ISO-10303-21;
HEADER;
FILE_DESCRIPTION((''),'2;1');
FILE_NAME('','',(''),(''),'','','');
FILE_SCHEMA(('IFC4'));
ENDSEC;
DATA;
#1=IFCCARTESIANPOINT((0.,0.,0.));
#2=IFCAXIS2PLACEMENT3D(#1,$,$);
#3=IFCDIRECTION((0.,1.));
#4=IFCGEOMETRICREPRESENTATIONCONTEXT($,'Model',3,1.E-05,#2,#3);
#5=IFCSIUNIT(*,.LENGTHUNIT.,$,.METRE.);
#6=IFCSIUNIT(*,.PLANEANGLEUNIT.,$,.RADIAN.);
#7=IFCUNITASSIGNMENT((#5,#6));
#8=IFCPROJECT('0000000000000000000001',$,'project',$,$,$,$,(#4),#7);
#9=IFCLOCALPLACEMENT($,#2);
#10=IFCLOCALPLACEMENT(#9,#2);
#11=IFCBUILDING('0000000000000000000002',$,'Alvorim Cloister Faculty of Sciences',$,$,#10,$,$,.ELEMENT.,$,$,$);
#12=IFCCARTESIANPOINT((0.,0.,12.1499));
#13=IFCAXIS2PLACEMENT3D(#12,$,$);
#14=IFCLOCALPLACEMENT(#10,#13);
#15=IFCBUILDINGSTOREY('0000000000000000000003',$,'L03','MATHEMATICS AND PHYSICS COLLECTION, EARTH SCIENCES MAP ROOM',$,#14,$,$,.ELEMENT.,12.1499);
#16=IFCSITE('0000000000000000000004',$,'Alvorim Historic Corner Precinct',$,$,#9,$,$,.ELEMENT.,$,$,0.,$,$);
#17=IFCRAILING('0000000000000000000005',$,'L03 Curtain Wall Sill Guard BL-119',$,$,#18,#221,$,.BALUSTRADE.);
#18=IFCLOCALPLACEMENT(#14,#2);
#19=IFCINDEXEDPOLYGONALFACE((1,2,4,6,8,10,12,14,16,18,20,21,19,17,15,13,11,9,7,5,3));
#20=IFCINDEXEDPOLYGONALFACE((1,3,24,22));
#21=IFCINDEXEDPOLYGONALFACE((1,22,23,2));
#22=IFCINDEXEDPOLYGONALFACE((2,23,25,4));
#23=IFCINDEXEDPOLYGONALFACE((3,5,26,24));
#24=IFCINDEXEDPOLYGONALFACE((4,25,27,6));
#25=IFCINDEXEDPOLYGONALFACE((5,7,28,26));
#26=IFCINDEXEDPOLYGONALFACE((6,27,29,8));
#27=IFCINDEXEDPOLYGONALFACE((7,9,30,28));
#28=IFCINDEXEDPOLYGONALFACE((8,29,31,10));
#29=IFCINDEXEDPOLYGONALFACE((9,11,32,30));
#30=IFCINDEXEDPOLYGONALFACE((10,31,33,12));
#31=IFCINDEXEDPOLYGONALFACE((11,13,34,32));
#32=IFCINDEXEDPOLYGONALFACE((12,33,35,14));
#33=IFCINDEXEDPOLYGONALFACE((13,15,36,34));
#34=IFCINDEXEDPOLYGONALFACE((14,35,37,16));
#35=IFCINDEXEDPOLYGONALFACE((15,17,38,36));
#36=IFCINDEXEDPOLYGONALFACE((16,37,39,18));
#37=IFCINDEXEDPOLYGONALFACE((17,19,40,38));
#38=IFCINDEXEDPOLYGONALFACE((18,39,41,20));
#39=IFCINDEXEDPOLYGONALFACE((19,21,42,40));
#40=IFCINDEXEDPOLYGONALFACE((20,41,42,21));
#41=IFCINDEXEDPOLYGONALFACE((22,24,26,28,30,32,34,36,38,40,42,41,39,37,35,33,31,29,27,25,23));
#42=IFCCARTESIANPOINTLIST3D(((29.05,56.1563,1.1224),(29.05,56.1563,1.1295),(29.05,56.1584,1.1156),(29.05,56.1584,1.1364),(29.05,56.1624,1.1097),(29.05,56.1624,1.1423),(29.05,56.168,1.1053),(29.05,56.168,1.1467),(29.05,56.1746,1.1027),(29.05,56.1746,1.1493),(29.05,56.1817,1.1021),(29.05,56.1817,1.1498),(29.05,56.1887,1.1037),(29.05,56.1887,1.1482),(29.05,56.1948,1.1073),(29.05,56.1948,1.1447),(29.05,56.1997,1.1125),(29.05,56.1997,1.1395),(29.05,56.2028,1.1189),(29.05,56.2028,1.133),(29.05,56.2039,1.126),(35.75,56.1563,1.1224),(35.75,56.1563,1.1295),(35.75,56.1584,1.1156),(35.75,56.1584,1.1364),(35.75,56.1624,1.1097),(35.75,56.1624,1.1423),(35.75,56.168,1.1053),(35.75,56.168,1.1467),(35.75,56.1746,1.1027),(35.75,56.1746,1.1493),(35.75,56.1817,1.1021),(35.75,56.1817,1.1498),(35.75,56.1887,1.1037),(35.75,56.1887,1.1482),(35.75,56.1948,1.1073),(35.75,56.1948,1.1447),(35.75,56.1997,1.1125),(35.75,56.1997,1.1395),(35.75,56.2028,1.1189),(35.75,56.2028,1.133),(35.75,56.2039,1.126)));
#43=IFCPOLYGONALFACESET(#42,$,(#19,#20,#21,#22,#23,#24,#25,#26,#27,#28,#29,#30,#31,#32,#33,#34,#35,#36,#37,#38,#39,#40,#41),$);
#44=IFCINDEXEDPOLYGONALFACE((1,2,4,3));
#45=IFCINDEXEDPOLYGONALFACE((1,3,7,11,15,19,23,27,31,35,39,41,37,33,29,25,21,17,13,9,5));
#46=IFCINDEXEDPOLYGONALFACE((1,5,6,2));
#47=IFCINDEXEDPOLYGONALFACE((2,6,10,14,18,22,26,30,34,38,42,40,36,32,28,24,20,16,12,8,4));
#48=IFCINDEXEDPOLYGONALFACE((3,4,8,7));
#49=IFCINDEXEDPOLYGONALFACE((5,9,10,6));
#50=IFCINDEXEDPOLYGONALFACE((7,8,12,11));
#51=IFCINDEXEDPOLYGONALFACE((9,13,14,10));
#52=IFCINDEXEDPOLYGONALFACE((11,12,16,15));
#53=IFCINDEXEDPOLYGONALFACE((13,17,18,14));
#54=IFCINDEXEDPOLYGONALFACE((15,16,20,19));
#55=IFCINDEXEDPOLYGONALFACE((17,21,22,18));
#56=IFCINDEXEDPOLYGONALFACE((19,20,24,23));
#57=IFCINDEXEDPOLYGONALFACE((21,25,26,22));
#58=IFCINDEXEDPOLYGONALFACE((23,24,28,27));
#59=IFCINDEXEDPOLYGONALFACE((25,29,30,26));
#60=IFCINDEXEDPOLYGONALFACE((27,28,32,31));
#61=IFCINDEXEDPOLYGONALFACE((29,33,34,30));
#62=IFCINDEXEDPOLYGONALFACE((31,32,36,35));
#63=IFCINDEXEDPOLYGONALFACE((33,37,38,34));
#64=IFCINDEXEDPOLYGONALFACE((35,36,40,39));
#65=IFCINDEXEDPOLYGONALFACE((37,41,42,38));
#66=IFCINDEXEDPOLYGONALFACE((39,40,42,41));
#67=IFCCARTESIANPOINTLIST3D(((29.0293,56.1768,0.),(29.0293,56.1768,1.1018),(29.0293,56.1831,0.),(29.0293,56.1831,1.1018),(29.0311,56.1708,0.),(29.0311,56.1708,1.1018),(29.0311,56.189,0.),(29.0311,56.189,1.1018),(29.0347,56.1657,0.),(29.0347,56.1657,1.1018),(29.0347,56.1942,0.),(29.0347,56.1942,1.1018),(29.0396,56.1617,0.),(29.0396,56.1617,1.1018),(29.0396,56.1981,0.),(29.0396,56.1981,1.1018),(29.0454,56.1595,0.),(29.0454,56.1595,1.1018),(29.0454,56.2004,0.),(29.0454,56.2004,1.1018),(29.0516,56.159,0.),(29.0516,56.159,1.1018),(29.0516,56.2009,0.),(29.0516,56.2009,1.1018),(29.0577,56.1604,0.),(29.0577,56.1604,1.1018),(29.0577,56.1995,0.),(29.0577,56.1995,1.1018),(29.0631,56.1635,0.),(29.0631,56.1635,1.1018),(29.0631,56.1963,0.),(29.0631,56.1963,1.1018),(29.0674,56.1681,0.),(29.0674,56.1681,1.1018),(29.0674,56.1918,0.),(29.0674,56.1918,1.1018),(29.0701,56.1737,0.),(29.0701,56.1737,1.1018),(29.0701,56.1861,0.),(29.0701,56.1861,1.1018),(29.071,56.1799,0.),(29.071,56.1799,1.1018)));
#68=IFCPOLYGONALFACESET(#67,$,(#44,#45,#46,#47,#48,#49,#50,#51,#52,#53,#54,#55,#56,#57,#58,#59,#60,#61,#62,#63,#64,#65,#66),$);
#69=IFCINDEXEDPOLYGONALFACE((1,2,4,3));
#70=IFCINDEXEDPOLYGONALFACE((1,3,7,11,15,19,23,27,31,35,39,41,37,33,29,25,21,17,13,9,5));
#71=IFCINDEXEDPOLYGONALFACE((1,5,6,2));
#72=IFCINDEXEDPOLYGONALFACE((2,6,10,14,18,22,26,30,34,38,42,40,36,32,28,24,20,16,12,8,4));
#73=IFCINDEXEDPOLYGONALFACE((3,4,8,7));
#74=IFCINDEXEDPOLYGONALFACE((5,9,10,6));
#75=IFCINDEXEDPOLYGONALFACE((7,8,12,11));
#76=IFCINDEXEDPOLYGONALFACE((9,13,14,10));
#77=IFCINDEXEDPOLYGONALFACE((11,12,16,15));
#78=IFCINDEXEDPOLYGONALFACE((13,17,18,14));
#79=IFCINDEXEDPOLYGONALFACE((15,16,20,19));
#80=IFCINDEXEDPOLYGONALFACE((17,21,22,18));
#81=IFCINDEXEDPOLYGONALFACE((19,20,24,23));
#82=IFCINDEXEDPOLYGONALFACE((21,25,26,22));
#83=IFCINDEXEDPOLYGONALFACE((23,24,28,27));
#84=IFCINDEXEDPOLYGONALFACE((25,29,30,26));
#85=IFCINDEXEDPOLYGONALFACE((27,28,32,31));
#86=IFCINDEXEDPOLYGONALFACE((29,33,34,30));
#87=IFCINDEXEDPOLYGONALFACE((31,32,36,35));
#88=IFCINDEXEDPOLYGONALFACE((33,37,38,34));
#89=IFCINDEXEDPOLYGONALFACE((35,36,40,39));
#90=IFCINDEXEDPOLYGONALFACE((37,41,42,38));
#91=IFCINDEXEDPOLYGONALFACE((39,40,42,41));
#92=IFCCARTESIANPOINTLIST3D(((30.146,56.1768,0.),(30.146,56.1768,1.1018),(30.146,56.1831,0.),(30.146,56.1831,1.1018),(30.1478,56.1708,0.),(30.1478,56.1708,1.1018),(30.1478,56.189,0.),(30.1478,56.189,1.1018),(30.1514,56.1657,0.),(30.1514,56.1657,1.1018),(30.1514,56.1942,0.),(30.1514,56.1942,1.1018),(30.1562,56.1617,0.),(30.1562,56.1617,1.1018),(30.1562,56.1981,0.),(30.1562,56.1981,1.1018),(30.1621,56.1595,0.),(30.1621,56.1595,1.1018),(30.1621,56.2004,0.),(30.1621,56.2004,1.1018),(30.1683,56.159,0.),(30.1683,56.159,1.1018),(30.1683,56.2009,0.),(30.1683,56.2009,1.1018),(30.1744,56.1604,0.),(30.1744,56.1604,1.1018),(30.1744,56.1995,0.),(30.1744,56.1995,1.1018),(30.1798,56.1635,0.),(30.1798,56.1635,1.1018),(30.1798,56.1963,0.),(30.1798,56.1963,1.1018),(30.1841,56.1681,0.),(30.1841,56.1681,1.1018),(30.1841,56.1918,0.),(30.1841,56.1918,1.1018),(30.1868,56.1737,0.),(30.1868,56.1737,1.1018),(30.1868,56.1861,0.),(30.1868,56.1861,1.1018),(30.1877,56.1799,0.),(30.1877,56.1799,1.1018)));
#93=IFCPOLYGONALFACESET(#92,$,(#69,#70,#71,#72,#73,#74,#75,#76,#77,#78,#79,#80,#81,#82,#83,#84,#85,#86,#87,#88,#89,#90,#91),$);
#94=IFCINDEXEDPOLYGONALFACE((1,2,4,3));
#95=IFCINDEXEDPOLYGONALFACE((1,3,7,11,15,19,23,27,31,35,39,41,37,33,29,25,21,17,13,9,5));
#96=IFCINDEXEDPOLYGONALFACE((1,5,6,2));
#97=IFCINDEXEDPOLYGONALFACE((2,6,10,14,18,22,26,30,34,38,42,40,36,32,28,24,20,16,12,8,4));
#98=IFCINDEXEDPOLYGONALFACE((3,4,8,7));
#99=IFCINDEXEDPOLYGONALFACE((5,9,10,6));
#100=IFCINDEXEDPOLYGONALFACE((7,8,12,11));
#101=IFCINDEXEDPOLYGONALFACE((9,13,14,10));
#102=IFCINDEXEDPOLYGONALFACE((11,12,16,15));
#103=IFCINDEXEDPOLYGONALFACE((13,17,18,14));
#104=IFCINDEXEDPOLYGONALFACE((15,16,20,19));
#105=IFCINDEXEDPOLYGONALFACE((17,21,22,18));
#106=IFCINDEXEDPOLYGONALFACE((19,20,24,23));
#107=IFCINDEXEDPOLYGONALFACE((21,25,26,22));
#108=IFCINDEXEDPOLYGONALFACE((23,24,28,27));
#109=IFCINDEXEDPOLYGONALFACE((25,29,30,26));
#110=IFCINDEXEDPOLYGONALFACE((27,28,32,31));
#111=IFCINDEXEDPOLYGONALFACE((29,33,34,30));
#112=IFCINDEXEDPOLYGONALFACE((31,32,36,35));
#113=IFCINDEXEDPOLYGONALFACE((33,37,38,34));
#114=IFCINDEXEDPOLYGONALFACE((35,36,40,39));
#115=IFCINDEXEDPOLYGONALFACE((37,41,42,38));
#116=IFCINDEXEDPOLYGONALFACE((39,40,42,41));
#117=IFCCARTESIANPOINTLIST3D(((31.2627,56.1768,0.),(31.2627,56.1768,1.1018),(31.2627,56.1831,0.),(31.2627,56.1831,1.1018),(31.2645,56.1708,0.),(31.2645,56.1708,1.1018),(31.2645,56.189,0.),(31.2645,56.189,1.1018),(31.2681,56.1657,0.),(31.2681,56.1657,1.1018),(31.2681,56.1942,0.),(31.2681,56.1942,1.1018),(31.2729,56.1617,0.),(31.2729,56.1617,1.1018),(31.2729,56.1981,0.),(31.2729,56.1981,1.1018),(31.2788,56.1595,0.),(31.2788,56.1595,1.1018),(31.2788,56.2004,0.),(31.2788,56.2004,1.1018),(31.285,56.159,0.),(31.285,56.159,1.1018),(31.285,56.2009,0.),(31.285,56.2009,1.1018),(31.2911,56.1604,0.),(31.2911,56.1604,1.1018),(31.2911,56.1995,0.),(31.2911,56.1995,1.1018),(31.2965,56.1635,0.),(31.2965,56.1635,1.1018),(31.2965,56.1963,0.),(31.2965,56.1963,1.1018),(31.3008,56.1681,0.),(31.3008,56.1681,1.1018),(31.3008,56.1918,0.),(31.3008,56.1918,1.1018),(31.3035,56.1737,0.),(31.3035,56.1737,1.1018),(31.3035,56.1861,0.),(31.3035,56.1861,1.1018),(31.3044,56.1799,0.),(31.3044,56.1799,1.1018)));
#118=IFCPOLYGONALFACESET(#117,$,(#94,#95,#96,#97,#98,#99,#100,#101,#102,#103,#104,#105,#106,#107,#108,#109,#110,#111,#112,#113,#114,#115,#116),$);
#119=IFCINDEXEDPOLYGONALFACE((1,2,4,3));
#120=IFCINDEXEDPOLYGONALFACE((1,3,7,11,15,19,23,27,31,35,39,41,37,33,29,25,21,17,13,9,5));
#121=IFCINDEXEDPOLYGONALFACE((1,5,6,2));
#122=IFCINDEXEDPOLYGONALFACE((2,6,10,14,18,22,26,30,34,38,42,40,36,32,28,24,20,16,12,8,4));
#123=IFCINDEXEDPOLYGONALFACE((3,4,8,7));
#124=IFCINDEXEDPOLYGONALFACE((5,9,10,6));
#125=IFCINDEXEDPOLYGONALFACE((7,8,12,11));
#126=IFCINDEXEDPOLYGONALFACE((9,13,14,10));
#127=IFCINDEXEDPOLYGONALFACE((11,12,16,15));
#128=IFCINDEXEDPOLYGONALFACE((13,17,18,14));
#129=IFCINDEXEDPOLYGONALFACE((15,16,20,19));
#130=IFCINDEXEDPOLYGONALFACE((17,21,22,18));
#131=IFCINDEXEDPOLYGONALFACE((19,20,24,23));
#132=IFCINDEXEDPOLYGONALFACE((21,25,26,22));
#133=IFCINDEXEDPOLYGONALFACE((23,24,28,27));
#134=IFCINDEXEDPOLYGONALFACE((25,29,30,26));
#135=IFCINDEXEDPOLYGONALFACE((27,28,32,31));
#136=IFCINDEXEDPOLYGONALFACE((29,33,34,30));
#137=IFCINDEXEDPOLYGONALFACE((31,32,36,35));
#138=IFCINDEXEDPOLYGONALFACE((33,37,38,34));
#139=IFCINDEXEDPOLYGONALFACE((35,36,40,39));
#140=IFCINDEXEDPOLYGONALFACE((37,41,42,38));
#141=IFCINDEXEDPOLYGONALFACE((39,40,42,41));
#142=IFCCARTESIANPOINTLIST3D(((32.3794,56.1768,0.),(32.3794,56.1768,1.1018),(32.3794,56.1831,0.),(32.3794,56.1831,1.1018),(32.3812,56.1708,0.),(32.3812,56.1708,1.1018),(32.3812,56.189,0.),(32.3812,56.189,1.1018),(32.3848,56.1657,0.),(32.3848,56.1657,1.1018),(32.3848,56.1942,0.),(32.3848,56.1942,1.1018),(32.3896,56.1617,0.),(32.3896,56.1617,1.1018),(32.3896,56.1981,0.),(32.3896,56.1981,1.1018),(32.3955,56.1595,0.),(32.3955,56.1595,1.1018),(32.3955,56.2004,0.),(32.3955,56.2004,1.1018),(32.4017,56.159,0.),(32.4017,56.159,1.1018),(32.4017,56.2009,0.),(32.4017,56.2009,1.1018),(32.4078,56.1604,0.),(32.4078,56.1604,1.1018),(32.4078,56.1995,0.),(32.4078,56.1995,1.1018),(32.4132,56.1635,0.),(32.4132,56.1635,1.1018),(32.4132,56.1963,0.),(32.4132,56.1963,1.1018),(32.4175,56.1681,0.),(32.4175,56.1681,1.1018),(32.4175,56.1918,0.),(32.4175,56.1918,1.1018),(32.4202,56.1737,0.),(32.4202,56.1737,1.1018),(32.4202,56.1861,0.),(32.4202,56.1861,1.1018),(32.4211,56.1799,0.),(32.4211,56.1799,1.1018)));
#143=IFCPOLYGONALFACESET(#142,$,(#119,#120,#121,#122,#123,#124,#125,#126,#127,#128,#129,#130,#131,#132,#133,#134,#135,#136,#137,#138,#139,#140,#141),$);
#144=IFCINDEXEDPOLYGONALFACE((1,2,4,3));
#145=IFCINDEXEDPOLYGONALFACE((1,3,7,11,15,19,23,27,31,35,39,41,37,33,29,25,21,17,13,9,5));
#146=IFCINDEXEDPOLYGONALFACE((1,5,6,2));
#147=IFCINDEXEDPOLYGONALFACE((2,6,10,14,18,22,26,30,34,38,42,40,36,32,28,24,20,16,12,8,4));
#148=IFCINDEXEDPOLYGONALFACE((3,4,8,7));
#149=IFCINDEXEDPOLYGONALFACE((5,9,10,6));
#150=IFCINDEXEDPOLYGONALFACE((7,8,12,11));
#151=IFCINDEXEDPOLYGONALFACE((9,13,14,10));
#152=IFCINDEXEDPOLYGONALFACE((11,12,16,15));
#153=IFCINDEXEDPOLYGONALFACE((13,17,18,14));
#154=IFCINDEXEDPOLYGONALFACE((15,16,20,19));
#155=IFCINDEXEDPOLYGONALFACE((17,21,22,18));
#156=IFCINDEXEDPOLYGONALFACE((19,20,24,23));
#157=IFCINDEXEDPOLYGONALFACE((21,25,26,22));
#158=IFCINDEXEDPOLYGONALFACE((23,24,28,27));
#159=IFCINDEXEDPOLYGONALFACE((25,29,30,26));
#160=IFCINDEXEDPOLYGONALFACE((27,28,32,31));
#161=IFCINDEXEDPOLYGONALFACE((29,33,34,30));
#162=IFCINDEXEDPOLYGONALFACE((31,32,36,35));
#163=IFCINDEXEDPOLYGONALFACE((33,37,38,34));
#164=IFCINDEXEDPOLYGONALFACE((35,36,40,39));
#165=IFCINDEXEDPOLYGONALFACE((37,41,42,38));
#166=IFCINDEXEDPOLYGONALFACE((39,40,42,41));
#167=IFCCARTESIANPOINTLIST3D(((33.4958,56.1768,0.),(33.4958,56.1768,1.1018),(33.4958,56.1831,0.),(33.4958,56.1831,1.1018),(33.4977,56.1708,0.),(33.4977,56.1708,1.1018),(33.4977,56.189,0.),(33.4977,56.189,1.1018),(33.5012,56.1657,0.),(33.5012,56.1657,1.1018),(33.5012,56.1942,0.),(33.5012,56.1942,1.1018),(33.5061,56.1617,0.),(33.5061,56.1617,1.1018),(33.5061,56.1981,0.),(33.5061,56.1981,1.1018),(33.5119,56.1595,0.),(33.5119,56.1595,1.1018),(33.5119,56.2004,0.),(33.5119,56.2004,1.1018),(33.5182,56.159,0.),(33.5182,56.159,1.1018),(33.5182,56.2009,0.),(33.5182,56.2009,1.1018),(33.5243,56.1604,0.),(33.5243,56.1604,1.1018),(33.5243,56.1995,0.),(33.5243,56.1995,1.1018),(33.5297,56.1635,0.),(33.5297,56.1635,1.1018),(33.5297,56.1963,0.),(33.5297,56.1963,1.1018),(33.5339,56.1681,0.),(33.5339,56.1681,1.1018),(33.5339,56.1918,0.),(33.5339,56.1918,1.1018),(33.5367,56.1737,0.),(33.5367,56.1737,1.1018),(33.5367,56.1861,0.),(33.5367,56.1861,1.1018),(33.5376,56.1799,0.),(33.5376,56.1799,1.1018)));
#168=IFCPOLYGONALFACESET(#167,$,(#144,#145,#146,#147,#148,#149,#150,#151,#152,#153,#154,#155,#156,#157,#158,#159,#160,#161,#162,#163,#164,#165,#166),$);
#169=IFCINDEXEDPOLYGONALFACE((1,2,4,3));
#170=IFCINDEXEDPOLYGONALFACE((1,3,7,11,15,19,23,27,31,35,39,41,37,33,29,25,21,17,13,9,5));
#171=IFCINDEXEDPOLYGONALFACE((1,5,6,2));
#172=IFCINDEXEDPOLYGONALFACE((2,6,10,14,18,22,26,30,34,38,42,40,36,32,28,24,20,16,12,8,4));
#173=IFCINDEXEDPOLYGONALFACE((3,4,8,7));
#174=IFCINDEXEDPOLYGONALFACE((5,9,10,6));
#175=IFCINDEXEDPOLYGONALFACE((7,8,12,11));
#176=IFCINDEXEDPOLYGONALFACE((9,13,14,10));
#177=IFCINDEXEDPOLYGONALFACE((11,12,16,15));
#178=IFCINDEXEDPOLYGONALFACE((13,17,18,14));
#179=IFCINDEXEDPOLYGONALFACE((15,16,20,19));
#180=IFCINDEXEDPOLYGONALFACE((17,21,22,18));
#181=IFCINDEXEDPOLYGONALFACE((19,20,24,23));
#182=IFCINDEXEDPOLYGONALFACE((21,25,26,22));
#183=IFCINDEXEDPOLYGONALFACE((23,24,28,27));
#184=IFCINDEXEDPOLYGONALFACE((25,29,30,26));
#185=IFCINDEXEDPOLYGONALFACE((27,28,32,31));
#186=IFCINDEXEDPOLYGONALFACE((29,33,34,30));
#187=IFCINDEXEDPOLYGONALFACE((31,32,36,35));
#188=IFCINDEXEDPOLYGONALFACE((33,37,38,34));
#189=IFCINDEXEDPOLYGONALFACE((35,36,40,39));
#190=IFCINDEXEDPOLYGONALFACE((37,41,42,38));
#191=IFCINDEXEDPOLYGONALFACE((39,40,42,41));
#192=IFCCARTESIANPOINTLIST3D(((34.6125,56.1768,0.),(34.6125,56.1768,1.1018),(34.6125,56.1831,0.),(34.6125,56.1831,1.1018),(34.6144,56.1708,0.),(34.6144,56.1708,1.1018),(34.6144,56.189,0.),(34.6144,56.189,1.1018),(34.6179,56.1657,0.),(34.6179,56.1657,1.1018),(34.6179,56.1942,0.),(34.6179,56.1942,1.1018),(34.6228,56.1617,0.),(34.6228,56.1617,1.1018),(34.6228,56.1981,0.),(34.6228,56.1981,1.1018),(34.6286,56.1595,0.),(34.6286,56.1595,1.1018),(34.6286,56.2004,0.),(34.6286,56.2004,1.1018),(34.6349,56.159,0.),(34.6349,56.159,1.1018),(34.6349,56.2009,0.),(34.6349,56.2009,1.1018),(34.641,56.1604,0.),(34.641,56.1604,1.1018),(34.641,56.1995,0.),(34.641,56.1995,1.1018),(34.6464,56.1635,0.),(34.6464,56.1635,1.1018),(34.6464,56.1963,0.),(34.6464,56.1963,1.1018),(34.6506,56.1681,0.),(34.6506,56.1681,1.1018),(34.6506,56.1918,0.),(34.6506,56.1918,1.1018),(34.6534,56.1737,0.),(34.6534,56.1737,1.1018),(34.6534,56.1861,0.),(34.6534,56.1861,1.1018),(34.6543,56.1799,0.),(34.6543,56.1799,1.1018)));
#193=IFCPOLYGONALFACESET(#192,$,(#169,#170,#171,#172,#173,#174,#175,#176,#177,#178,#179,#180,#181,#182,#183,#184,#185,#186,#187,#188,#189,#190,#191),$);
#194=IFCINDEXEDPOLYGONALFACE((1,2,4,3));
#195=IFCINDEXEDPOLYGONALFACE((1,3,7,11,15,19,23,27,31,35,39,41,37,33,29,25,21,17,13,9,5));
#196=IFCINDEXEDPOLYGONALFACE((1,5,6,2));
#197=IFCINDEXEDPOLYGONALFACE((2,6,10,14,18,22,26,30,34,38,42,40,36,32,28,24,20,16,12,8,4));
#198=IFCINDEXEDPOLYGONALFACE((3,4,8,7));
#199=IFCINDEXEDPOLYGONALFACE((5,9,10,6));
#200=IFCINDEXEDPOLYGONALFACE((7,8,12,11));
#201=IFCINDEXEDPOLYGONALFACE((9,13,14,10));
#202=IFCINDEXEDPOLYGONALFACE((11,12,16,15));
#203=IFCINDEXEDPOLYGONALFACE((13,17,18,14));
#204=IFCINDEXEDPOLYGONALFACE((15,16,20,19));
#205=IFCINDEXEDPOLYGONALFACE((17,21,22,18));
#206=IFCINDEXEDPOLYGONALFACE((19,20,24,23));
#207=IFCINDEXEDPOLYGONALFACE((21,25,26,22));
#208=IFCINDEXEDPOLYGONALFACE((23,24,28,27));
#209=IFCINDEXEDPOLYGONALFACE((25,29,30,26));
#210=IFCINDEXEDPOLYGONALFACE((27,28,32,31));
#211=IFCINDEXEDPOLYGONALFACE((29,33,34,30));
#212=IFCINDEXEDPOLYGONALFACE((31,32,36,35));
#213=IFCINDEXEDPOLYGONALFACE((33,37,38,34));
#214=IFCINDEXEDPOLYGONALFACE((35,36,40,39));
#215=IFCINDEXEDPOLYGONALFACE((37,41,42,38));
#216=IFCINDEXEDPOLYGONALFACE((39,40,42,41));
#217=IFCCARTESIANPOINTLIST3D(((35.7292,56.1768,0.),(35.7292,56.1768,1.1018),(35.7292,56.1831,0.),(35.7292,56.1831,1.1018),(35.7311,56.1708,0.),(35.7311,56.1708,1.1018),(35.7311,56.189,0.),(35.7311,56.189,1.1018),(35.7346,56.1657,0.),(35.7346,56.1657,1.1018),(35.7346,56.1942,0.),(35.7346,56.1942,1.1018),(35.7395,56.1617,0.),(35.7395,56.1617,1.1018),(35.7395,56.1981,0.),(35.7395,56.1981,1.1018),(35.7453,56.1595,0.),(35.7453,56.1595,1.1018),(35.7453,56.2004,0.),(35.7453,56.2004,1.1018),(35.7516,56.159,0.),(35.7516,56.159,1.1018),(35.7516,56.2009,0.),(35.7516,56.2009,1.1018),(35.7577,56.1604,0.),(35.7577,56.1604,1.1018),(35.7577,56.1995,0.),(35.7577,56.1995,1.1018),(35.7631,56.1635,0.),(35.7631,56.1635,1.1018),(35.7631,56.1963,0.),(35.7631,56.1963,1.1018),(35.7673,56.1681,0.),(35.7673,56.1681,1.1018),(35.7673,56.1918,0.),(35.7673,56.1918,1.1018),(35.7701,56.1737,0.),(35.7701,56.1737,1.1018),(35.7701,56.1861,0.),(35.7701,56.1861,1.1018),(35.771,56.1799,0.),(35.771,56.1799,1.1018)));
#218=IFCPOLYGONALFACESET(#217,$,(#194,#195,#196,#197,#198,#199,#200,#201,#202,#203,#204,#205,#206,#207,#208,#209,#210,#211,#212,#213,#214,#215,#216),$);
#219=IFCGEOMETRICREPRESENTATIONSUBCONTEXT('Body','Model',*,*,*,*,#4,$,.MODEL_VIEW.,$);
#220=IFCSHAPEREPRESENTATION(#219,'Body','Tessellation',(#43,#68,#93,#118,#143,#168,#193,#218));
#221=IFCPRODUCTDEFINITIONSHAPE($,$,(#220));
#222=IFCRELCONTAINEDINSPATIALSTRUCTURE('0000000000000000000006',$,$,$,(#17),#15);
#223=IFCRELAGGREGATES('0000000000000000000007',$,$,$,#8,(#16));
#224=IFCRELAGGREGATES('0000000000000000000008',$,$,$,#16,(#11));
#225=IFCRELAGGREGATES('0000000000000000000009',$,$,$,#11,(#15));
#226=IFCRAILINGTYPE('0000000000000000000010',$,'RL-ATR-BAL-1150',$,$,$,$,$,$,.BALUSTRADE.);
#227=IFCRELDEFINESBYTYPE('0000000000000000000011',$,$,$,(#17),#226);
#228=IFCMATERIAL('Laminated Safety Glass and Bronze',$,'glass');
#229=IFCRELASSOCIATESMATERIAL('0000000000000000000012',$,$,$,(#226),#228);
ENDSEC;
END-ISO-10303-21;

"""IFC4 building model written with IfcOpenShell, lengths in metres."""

from ifc_helpers import new_model, si_unit, direction, frame, origin, origin_2d, place, context, subcontext, project, spatial, circle, extrude, material, type_object, element, save


model = new_model("IFC4")

# Units and contexts
model_context = context("Model", 3, precision=1e-05, world=origin(), true_north=direction((0.0, 1.0)))
body_context = subcontext(model_context, "Body", "Model", "MODEL_VIEW")
ifc_project = project(units=[si_unit("LENGTHUNIT", "METRE"), si_unit("PLANEANGLEUNIT", "RADIAN")], contexts=[model_context])

# Site, building, storey
site_placement = place(None, origin())
site = spatial("IfcSite", under=ifc_project, at=site_placement, Name="Alvorim Historic Corner Precinct", CompositionType="ELEMENT", RefElevation=0.0)
building_placement = place(site_placement, origin())
building = spatial("IfcBuilding", under=site, at=building_placement, Name="Alvorim Cloister Faculty of Sciences", CompositionType="ELEMENT")
storey_placement = place(building_placement, frame((0.0, 0.0, 12.1499)))
storey = spatial("IfcBuildingStorey", under=building, at=storey_placement, Name="L03", Description="MATHEMATICS AND PHYSICS COLLECTION, EARTH SCIENCES MAP ROOM", CompositionType="ELEMENT", Elevation=12.1499)

# Railing
ifc_material_1 = material(Name="Laminated Safety Glass and Bronze", Category="glass")
railing_type = type_object("IfcRailingType", Name="RL-ATR-BAL-1150", PredefinedType="BALUSTRADE", material=ifc_material_1)
railing_placement = place(storey_placement, frame((29.05, 56.1799, 0.0)))
element("IfcRailing", 1, at=railing_placement, inside=storey, type_object=railing_type, Name="L03 Curtain Wall Sill Guard BL-119", PredefinedType="BALUSTRADE", context=body_context, shape_type="SweptSolid", body=[
    extrude(circle(Radius=0.0239, at=origin_2d()), frame((0.0, 0.0, 1.126), z_axis=(1.0, 0.0, 0.0), x_axis=(0.0, 1.0, 0.0)), (0.0, 0.0, 1.0), 6.7),
    extrude(circle(Radius=0.021, at=origin_2d()), origin(), (0.0, 0.0, 1.0), 1.1018),
    extrude(circle(Radius=0.021, at=origin_2d()), frame((1.1167, 0.0, 0.0)), (0.0, 0.0, 1.0), 1.1018),
    extrude(circle(Radius=0.021, at=origin_2d()), frame((2.2334, 0.0, 0.0)), (0.0, 0.0, 1.0), 1.1018),
    extrude(circle(Radius=0.021, at=origin_2d()), frame((3.3501, 0.0, 0.0)), (0.0, 0.0, 1.0), 1.1018),
    extrude(circle(Radius=0.021, at=origin_2d()), frame((4.4666, 0.0, 0.0)), (0.0, 0.0, 1.0), 1.1018),
    extrude(circle(Radius=0.021, at=origin_2d()), frame((5.5833, 0.0, 0.0)), (0.0, 0.0, 1.0), 1.1018),
    extrude(circle(Radius=0.021, at=origin_2d()), frame((6.7, 0.0, 0.0)), (0.0, 0.0, 1.0), 1.1018),
])

save(model, "model.ifc")
